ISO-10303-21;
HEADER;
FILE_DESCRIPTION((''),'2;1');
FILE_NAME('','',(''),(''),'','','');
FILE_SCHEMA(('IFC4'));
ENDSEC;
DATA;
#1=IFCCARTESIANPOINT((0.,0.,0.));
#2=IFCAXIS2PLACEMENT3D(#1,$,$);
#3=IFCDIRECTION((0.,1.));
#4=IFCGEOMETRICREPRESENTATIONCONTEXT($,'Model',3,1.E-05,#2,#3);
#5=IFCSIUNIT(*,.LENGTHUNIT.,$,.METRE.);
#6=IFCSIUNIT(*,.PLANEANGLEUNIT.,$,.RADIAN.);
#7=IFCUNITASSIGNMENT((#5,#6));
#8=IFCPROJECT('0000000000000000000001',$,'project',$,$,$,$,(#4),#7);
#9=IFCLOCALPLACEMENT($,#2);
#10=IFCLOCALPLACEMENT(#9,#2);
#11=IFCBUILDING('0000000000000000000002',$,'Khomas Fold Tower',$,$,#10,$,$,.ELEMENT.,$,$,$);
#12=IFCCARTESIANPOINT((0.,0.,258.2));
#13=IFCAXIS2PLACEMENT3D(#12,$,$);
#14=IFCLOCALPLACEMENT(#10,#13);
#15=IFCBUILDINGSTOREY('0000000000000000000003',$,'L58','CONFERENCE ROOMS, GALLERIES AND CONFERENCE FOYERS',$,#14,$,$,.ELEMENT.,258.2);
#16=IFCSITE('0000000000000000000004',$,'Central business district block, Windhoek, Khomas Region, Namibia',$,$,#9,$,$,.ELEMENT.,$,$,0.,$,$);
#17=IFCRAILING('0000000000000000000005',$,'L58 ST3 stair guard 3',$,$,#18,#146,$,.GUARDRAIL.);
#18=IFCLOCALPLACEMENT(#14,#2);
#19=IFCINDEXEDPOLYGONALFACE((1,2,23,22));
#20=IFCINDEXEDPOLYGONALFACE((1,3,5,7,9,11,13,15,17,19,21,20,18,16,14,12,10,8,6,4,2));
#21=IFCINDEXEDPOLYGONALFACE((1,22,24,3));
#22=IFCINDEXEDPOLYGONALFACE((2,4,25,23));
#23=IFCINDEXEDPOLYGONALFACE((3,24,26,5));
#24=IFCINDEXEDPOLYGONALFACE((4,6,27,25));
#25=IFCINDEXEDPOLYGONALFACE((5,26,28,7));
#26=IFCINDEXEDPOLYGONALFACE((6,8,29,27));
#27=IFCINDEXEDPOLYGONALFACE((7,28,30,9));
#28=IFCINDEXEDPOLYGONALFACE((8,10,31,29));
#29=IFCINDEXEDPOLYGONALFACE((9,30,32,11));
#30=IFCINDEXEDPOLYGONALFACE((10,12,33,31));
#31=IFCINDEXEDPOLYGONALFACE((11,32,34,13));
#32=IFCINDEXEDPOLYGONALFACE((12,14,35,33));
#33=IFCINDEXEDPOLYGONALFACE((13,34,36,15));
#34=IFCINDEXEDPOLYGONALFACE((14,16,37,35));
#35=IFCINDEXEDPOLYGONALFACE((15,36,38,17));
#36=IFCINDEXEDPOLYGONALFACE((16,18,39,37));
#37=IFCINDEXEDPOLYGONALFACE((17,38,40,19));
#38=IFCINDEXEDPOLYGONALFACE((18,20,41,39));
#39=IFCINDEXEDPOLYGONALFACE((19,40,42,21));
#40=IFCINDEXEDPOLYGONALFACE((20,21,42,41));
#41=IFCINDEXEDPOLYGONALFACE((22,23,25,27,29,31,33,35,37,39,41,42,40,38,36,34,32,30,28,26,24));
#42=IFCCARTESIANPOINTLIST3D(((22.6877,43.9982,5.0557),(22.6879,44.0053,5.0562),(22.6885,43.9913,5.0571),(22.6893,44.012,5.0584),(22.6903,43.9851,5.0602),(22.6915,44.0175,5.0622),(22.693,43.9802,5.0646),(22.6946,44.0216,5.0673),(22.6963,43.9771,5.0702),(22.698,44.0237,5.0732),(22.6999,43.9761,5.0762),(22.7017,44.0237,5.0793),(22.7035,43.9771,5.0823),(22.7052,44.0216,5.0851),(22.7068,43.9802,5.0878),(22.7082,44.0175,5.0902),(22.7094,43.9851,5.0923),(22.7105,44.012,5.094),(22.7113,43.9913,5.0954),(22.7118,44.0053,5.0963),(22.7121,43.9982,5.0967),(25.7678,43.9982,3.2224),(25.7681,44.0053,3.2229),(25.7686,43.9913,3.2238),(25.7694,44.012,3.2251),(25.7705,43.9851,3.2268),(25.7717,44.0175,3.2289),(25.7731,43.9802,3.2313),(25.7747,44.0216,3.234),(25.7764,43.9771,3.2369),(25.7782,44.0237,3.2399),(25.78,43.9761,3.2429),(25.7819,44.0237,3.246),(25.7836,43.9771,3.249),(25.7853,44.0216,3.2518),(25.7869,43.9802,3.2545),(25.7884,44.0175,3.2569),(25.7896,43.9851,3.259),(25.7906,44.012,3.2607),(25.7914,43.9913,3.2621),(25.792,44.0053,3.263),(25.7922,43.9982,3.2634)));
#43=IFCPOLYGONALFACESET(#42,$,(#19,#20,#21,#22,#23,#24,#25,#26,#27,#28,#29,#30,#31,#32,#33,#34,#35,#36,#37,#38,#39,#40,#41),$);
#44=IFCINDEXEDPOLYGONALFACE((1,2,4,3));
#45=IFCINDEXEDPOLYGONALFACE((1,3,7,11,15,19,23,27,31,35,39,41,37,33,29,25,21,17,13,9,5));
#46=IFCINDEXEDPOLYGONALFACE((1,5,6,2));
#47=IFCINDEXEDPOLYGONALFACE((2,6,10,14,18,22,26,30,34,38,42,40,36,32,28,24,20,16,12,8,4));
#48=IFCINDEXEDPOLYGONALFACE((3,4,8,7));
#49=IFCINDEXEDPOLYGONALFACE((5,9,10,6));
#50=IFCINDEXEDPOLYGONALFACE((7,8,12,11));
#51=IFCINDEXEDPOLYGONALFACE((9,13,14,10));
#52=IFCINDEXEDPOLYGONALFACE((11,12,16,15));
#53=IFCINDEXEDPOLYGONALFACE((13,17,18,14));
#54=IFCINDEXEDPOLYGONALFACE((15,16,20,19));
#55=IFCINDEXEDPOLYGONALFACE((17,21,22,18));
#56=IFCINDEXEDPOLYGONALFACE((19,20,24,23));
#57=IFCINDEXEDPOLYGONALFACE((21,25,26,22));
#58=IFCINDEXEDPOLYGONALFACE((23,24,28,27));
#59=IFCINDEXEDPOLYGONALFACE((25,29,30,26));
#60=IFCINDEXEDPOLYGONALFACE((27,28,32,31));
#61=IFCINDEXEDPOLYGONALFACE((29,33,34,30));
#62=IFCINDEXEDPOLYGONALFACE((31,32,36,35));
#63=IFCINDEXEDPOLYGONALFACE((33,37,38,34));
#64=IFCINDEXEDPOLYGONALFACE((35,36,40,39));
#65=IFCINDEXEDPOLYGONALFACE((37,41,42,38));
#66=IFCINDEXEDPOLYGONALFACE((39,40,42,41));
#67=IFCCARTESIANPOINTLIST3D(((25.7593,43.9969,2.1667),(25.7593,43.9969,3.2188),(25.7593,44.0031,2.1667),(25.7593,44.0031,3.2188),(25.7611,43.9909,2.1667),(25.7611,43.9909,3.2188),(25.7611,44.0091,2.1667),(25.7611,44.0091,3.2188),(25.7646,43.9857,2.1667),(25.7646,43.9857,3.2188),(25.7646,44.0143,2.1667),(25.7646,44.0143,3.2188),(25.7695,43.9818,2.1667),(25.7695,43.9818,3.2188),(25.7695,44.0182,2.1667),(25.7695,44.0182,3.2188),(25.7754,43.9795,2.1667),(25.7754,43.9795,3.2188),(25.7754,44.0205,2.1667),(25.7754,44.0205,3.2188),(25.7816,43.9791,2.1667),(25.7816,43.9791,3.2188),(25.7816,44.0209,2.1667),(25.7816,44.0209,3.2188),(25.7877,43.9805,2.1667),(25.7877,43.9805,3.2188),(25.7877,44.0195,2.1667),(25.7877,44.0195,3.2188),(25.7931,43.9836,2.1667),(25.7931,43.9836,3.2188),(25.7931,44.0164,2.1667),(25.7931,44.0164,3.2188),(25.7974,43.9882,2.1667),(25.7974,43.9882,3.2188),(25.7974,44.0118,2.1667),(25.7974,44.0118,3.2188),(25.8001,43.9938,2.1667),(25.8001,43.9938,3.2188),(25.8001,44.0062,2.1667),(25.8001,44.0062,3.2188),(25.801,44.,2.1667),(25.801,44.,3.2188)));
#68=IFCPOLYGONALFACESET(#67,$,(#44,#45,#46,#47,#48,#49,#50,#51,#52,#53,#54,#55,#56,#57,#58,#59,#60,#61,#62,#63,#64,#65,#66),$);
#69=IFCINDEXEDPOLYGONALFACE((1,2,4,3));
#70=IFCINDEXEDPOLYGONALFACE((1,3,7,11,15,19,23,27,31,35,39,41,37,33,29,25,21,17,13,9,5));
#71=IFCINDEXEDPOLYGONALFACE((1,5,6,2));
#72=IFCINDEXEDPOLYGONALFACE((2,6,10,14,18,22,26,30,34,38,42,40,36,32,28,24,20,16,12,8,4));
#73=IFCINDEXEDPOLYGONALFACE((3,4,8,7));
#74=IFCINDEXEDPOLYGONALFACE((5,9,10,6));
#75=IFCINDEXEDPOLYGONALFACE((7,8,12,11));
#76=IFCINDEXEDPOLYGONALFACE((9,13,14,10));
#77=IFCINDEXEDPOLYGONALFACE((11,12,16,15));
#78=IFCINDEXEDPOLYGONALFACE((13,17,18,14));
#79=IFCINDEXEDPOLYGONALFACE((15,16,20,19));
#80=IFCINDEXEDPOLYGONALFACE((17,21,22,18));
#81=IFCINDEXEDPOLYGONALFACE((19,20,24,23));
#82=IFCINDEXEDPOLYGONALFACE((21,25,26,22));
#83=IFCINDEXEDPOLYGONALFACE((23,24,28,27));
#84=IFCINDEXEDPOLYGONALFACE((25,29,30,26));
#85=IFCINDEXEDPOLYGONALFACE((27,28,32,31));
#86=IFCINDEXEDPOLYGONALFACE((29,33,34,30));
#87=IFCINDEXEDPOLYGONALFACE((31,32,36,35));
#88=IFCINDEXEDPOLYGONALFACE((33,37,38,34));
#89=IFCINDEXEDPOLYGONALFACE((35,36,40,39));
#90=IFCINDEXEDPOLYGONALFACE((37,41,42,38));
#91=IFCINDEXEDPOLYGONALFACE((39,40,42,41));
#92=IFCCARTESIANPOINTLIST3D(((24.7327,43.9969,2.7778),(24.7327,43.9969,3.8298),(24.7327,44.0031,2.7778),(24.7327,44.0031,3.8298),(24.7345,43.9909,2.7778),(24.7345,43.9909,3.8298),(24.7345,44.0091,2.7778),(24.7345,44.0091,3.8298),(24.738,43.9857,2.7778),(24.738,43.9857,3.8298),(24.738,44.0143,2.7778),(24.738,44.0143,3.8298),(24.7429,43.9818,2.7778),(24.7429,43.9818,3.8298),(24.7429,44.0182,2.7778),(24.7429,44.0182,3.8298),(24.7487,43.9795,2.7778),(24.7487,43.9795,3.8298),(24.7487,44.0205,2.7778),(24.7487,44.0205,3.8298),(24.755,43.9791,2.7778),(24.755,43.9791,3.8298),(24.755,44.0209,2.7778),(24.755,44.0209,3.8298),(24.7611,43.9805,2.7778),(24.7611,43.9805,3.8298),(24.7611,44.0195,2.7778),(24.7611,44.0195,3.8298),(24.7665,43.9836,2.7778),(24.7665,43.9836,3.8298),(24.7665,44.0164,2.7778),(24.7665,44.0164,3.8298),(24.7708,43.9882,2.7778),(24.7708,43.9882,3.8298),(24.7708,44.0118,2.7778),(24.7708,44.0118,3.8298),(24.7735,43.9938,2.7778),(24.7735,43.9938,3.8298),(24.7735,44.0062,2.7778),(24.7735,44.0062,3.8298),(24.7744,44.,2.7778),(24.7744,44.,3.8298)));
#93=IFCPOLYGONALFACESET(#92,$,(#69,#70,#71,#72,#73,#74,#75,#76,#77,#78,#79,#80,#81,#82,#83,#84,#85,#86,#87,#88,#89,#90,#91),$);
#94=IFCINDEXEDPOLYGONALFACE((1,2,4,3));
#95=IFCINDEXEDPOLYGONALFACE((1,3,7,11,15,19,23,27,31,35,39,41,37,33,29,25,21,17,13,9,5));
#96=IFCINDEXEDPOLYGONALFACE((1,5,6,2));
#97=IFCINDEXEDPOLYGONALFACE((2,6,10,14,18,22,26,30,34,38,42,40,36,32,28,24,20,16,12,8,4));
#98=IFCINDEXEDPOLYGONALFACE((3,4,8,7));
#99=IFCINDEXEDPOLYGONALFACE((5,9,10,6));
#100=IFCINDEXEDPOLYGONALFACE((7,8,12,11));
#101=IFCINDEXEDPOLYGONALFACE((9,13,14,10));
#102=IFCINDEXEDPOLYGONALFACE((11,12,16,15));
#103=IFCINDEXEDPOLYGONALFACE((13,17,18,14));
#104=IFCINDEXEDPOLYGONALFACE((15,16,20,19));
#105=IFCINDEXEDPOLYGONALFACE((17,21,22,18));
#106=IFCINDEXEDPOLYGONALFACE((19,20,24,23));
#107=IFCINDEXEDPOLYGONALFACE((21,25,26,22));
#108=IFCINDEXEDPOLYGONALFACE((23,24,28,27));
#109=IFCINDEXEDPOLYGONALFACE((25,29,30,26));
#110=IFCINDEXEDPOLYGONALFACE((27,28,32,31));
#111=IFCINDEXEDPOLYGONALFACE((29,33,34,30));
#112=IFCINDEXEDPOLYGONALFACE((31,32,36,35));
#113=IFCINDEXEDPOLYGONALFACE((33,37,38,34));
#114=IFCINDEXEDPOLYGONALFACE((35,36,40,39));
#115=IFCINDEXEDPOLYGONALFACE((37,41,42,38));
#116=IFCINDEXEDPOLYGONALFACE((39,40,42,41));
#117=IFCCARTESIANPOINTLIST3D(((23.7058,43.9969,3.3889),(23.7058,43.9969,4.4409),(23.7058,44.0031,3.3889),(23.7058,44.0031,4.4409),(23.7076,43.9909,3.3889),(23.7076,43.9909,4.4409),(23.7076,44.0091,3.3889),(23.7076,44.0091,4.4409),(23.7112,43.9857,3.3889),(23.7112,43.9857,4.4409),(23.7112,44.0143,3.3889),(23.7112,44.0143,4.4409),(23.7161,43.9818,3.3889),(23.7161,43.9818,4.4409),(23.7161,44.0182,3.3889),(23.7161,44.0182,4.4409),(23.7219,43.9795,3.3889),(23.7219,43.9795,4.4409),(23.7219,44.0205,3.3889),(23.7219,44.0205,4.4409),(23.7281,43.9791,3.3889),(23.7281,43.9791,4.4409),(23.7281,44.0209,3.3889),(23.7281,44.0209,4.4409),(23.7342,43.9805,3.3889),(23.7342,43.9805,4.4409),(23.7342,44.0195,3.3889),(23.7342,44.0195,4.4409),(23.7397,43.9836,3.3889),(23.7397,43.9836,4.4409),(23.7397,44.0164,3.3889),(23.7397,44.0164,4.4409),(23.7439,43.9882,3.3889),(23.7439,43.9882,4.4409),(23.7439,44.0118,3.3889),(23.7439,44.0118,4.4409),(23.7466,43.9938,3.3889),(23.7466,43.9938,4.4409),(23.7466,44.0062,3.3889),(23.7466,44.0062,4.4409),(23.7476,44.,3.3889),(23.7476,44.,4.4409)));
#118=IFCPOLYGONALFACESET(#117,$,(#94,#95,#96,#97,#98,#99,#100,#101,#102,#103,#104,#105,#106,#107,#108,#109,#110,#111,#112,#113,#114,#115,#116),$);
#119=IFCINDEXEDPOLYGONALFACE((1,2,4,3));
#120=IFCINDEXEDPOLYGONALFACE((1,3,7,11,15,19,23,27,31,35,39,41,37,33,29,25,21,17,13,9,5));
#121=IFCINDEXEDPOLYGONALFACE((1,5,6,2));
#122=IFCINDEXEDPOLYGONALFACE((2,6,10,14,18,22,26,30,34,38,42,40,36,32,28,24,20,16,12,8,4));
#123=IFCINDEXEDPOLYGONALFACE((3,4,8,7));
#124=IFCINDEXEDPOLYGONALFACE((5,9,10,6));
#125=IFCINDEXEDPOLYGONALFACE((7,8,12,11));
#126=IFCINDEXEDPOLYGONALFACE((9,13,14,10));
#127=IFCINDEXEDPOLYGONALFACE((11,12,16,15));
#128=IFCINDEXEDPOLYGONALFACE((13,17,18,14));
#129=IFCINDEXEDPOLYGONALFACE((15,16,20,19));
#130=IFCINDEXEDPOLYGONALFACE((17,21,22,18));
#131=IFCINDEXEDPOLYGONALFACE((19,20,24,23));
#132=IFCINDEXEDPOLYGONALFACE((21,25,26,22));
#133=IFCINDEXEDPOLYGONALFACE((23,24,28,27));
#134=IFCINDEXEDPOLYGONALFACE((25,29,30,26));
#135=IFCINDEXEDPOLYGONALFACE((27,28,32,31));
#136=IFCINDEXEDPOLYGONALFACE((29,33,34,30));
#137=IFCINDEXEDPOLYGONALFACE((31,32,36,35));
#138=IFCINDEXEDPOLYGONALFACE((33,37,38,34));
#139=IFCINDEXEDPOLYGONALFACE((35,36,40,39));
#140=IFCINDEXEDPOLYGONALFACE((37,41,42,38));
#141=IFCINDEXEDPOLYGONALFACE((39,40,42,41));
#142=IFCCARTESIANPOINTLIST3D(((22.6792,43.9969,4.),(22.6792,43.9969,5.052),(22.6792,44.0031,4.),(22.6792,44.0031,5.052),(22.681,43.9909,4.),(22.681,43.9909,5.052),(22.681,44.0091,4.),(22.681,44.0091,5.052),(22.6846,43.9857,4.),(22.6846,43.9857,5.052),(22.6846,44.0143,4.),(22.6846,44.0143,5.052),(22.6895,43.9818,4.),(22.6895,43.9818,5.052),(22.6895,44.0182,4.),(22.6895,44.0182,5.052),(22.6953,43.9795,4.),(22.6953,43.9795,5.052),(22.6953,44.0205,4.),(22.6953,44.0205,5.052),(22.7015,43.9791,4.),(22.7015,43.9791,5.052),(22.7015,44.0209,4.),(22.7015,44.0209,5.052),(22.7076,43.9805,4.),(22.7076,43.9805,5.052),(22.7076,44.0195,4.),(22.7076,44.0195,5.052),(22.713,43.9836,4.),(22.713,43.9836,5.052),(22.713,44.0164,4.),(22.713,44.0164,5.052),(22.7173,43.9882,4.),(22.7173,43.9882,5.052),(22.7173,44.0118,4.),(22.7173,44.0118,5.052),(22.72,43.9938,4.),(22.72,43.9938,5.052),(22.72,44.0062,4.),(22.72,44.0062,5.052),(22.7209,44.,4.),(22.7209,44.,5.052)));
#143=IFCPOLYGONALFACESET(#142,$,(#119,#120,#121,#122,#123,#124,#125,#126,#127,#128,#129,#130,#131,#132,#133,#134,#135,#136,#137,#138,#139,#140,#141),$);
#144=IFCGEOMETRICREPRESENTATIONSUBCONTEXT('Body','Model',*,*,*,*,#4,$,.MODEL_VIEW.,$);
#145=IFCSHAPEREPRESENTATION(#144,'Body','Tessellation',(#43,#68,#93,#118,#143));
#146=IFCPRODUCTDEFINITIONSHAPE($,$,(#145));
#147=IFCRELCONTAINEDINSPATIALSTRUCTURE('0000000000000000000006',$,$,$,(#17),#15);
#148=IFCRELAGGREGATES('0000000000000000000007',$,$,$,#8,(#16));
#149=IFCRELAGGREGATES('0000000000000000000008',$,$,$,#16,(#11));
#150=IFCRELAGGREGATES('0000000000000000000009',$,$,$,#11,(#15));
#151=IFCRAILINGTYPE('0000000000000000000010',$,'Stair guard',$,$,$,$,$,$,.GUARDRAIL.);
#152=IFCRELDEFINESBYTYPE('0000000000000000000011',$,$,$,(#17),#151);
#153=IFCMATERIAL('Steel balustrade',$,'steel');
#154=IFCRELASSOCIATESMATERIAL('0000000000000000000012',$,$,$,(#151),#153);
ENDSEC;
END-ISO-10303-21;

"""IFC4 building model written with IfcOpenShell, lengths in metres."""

from ifc_helpers import new_model, si_unit, direction, frame, origin, origin_2d, place, context, subcontext, project, spatial, circle, extrude, source, transform, mapped, material, type_object, element, save


model = new_model("IFC4")

# Units and contexts
model_context = context("Model", 3, precision=1e-05, world=origin(), true_north=direction((0.0, 1.0)))
body_context = subcontext(model_context, "Body", "Model", "MODEL_VIEW")
ifc_project = project(units=[si_unit("LENGTHUNIT", "METRE"), si_unit("PLANEANGLEUNIT", "RADIAN")], contexts=[model_context])

# Site, building, storey
site_placement = place(None, origin())
site = spatial("IfcSite", under=ifc_project, at=site_placement, Name="Central business district block, Windhoek, Khomas Region, Namibia", CompositionType="ELEMENT", RefElevation=0.0)
building_placement = place(site_placement, origin())
building = spatial("IfcBuilding", under=site, at=building_placement, Name="Khomas Fold Tower", CompositionType="ELEMENT")
storey_placement = place(building_placement, frame((0.0, 0.0, 258.2)))
storey = spatial("IfcBuildingStorey", under=building, at=storey_placement, Name="L58", Description="CONFERENCE ROOMS, GALLERIES AND CONFERENCE FOYERS", CompositionType="ELEMENT", Elevation=258.2)

# Railing
ifc_material_1 = material(Name="Steel balustrade", Category="steel")
railing_type_1 = type_object("IfcRailingType", Name="Stair guard", PredefinedType="GUARDRAIL", material=ifc_material_1)
shared_shape_1 = source(origin(), body_context, "Body", "SweptSolid", [
    extrude(circle(Radius=0.0239, at=origin_2d()), frame((0.0, 0.0, 1.0762), z_axis=(-0.859309, 0.0, 0.511458), x_axis=(0.0, -1.0, 0.0)), (0.0, 0.0, 1.0), 3.5845),
    extrude(circle(Radius=0.021, at=origin_2d()), origin(), (0.0, 0.0, 1.0), 1.052),
    extrude(circle(Radius=0.021, at=origin_2d()), frame((-1.0266, 0.0, 0.6111)), (0.0, 0.0, 1.0), 1.052),
    extrude(circle(Radius=0.021, at=origin_2d()), frame((-2.0535, 0.0, 1.2222)), (0.0, 0.0, 1.0), 1.052),
    extrude(circle(Radius=0.021, at=origin_2d()), frame((-3.0801, 0.0, 1.8333)), (0.0, 0.0, 1.0), 1.052),
])
railing_1_placement = place(storey_placement, frame((25.78, 44.0, 2.1667)))
element("IfcRailing", 1, at=railing_1_placement, inside=storey, type_object=railing_type_1, Name="L58 ST3 stair guard 3", PredefinedType="GUARDRAIL", context=body_context, shape_type="MappedRepresentation", body=[
    mapped(shared_shape_1, transform((0.0, 0.0, 0.0))),
])

save(model, "model.ifc")
